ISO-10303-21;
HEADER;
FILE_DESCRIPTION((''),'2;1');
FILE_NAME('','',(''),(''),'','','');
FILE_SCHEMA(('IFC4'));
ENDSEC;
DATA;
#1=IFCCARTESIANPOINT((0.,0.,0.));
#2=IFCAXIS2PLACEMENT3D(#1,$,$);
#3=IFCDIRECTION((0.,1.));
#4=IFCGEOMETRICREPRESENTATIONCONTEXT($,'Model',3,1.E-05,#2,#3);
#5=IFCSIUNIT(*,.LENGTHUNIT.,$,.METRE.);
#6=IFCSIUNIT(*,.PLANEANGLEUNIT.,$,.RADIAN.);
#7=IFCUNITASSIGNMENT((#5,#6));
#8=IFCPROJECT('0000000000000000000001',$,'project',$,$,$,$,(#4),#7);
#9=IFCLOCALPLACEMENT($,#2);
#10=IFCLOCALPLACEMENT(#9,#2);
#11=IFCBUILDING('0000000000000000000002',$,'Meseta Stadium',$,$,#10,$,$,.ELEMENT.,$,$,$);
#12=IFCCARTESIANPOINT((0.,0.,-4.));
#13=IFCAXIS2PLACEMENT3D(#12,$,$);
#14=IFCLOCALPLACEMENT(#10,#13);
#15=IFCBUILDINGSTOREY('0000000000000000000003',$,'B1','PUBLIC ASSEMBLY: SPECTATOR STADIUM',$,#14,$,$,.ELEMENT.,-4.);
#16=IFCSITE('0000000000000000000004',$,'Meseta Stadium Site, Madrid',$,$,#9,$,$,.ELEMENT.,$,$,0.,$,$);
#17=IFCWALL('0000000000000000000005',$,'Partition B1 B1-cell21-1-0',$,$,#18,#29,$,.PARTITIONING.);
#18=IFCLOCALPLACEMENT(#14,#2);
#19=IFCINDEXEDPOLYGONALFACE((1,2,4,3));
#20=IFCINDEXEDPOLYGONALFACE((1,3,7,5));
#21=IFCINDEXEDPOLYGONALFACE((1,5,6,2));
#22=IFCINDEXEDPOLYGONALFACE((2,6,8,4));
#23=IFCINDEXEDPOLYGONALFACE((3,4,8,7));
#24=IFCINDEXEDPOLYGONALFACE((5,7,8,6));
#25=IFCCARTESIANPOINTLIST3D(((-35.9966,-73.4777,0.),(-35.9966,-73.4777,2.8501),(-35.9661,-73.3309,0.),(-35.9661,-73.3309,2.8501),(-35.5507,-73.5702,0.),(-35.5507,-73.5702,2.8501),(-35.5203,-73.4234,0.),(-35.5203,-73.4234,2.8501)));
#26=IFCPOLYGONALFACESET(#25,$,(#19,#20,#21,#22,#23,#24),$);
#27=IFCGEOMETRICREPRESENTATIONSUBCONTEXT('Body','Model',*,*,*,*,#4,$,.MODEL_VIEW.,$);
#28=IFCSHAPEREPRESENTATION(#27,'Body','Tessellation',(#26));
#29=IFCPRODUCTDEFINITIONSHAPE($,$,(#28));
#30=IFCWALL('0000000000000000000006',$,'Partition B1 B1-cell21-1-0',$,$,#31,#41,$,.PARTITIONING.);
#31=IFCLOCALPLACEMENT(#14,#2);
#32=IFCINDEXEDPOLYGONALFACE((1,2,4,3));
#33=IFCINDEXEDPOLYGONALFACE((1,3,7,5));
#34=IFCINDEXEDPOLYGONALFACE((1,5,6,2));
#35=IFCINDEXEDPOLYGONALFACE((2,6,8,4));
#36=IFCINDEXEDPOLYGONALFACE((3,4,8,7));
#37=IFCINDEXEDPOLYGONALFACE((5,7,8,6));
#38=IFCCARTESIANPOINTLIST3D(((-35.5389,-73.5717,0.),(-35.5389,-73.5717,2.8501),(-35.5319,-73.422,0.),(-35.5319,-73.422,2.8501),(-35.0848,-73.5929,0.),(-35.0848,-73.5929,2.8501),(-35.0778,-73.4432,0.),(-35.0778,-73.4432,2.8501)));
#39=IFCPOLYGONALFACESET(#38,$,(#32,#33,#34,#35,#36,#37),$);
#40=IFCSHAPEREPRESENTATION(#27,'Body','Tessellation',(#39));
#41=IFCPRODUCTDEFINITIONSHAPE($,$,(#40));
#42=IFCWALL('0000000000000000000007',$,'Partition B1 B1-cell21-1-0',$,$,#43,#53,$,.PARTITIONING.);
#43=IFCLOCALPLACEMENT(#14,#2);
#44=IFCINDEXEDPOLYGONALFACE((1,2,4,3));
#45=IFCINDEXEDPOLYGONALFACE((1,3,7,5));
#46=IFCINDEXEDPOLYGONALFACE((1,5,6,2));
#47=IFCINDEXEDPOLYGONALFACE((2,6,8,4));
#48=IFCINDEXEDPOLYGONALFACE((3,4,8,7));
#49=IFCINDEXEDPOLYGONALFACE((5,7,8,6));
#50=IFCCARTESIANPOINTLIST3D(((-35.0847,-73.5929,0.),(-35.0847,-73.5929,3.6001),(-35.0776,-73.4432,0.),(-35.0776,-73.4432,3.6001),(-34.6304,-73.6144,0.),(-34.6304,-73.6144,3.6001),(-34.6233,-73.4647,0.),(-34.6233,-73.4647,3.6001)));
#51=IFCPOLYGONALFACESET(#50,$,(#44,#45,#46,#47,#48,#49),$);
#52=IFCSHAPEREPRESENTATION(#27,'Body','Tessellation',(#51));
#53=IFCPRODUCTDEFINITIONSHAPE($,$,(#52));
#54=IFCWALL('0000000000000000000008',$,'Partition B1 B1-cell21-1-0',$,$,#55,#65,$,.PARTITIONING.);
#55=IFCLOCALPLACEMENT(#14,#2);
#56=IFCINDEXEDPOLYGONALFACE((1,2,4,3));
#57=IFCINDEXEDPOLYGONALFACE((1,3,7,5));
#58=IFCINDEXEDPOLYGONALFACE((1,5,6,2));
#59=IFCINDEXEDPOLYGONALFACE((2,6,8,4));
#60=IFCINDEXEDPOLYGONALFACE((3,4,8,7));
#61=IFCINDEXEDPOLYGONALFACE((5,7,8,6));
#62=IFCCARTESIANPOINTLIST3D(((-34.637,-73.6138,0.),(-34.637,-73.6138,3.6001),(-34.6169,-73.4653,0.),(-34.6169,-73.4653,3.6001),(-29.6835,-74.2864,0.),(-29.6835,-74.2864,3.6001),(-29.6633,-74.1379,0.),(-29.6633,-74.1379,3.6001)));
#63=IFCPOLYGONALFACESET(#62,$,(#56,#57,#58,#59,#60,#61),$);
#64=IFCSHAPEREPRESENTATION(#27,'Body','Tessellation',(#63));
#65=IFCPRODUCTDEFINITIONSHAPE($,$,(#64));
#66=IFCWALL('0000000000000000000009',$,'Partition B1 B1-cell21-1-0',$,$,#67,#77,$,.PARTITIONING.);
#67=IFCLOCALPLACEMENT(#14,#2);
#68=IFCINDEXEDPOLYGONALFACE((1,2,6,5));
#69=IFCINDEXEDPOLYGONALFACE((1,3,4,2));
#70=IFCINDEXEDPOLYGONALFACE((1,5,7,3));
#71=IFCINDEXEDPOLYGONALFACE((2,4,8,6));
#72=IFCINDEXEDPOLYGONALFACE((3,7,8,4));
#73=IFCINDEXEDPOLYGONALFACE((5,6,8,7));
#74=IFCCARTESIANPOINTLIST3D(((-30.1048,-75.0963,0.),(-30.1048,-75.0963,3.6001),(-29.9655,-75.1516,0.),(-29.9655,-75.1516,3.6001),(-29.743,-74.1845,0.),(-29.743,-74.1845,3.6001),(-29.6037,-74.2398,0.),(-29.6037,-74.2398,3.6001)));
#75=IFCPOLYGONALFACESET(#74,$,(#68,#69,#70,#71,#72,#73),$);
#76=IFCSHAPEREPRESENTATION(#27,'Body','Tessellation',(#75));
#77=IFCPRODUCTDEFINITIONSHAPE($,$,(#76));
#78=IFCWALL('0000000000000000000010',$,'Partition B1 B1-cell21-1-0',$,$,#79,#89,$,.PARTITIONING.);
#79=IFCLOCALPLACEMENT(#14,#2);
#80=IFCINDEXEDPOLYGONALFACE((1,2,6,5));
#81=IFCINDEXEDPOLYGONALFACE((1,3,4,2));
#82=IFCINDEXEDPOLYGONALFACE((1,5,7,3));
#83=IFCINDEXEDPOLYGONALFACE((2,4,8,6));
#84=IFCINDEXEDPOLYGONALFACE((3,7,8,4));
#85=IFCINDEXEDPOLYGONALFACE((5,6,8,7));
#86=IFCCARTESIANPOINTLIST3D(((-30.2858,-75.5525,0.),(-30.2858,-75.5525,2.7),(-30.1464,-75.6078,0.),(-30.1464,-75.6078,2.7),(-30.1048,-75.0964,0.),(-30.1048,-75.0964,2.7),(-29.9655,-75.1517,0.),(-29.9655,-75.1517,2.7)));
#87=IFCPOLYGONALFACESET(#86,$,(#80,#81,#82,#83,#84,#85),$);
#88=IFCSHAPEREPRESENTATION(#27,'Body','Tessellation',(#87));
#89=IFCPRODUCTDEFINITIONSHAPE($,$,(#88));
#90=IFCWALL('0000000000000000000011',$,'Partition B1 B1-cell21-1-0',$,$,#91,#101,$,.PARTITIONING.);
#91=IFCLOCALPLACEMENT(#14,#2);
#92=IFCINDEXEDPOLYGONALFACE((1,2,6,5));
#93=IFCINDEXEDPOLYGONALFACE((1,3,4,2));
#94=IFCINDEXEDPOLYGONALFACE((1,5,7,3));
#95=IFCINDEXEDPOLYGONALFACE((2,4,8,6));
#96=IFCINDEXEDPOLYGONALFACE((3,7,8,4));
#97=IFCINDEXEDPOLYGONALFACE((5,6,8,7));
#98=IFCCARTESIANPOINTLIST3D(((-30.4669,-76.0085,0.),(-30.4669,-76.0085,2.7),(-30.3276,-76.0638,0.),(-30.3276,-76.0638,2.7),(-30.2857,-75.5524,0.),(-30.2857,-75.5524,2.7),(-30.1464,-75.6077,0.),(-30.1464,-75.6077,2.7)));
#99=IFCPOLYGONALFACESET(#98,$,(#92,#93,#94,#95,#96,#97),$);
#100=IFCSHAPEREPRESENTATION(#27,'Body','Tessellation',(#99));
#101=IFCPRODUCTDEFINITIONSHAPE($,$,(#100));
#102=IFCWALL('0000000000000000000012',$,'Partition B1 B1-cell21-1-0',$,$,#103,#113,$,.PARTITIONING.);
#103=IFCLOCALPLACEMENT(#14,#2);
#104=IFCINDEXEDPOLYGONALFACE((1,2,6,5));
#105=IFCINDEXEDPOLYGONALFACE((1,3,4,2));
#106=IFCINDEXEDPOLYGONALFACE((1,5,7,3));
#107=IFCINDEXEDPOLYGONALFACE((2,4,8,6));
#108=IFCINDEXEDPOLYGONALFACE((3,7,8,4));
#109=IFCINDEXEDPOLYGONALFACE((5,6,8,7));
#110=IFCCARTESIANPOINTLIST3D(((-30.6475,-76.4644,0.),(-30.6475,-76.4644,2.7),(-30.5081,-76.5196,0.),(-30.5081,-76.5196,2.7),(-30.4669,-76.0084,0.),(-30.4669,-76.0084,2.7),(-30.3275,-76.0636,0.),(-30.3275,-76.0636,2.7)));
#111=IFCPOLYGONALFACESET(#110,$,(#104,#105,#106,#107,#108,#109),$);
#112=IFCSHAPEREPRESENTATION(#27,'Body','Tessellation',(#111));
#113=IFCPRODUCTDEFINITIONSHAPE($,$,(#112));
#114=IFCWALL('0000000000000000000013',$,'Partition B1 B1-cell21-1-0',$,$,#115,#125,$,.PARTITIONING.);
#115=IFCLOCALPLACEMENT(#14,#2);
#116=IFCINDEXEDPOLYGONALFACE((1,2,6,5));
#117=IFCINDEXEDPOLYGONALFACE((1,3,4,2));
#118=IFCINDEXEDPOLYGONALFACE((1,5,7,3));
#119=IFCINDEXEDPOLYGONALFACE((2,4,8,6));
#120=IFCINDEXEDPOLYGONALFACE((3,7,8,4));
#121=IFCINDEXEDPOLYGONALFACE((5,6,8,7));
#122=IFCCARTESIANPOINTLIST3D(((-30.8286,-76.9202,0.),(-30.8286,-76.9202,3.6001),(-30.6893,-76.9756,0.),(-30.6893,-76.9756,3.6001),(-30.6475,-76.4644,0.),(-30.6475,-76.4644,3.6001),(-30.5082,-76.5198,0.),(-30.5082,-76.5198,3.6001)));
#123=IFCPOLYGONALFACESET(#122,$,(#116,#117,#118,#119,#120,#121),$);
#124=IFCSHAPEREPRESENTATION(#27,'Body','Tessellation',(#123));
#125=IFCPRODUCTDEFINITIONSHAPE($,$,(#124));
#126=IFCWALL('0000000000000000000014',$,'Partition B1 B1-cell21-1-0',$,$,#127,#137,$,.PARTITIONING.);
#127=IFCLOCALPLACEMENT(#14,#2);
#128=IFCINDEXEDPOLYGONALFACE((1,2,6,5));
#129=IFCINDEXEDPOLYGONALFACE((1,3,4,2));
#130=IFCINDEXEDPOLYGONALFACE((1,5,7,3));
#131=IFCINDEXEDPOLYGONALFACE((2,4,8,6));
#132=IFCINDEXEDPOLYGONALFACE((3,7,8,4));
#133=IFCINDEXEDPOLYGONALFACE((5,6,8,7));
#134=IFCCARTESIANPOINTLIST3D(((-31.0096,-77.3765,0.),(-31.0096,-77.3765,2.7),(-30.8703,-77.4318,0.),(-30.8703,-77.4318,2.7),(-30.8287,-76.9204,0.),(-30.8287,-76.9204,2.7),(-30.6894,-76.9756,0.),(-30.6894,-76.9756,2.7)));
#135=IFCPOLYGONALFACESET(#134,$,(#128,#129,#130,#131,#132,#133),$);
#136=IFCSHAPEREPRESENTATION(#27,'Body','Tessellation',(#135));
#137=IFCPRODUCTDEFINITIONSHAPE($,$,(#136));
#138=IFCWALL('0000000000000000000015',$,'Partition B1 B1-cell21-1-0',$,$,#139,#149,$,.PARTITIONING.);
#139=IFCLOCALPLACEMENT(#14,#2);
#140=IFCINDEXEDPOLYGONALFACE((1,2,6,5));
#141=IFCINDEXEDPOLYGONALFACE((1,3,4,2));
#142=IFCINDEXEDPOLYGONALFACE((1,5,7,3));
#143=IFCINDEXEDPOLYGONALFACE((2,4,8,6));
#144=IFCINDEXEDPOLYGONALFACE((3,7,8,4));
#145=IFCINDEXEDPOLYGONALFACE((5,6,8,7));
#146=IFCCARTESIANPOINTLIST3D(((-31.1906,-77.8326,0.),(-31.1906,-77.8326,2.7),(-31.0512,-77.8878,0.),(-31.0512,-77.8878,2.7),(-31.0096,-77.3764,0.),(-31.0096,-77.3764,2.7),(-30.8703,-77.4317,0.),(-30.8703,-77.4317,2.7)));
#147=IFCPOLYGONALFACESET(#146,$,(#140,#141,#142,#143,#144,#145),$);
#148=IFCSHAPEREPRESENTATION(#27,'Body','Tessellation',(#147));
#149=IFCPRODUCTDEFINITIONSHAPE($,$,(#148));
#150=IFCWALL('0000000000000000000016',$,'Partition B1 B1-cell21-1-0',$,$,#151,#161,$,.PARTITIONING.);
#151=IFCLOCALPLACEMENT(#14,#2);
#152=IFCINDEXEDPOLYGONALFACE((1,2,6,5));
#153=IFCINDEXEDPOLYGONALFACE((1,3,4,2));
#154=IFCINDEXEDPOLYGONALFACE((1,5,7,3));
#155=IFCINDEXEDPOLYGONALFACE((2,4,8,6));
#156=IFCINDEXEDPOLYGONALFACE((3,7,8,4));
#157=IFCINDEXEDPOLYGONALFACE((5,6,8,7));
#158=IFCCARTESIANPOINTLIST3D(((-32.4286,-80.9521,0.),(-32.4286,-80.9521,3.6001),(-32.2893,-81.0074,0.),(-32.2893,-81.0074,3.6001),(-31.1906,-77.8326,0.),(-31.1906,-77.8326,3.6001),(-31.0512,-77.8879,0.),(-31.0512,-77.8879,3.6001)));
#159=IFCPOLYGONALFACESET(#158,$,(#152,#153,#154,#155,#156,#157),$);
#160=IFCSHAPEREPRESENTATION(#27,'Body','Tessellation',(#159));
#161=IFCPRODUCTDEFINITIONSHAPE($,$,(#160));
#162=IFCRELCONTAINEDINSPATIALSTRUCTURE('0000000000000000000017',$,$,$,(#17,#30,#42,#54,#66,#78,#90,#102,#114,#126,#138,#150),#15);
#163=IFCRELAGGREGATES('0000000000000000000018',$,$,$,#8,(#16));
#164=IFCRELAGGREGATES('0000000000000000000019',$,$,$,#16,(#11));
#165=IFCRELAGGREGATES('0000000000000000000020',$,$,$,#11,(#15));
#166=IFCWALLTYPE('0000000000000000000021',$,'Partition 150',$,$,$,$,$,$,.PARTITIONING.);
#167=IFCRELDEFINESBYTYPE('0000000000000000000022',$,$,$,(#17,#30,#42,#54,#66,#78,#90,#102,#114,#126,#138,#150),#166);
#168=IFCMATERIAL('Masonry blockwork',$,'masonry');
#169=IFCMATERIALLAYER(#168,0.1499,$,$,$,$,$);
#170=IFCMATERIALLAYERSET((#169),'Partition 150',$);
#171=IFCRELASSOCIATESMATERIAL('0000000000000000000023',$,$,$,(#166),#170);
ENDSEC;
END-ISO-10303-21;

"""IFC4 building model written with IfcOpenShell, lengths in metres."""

from ifc_helpers import new_model, si_unit, direction, frame, frame_2d, origin, place, context, subcontext, project, spatial, rectangle, extrude, material, layer, layer_set, type_object, element, save


model = new_model("IFC4")

# Units and contexts
model_context = context("Model", 3, precision=1e-05, world=origin(), true_north=direction((0.0, 1.0)))
body_context = subcontext(model_context, "Body", "Model", "MODEL_VIEW")
ifc_project = project(units=[si_unit("LENGTHUNIT", "METRE"), si_unit("PLANEANGLEUNIT", "RADIAN")], contexts=[model_context])

# Site, building, storey
site_placement = place(None, origin())
site = spatial("IfcSite", under=ifc_project, at=site_placement, Name="Meseta Stadium Site, Madrid", CompositionType="ELEMENT", RefElevation=0.0)
building_placement = place(site_placement, origin())
building = spatial("IfcBuilding", under=site, at=building_placement, Name="Meseta Stadium", CompositionType="ELEMENT")
storey_placement = place(building_placement, frame((0.0, 0.0, -4.0)))
storey = spatial("IfcBuildingStorey", under=building, at=storey_placement, Name="B1", Description="PUBLIC ASSEMBLY: SPECTATOR STADIUM", CompositionType="ELEMENT", Elevation=-4.0)

# Walls
ifc_material_1 = material(Name="Masonry blockwork", Category="masonry")
ifc_layer = layer(ifc_material_1, 0.1499)
ifc_layer_set = layer_set([ifc_layer], Name="Partition 150")
wall_type = type_object("IfcWallType", Name="Partition 150", PredefinedType="PARTITIONING", material=ifc_layer_set)
wall_1_placement = place(storey_placement, frame((-35.9812, -73.4043, 0.0), z_axis=(0.0, 0.0, 1.0), x_axis=(0.979132, -0.203226, 0.0)))
element("IfcWall", 1, at=wall_1_placement, inside=storey, type_object=wall_type, Name="Partition B1 B1-cell21-1-0", PredefinedType="PARTITIONING", context=body_context, shape_type="SweptSolid", body=[
    extrude(rectangle(XDim=0.4553, YDim=0.1499, at=frame_2d((0.2275, 0.0))), origin(), (0.0, 0.0, 1.0), 2.8501),
])
wall_2_placement = place(storey_placement, frame((-35.5354, -73.4968, 0.0), z_axis=(0.0, 0.0, 1.0), x_axis=(0.998908, -0.046723, 0.0)))
element("IfcWall", 2, at=wall_2_placement, inside=storey, type_object=wall_type, Name="Partition B1 B1-cell21-1-0", PredefinedType="PARTITIONING", context=body_context, shape_type="SweptSolid", body=[
    extrude(rectangle(XDim=0.4546, YDim=0.1499, at=frame_2d((0.2273, 0.0))), origin(), (0.0, 0.0, 1.0), 2.8501),
])
wall_3_placement = place(storey_placement, frame((-35.0813, -73.5181, 0.0), z_axis=(0.0, 0.0, 1.0), x_axis=(0.998884, -0.047234, 0.0)))
element("IfcWall", 3, at=wall_3_placement, inside=storey, type_object=wall_type, Name="Partition B1 B1-cell21-1-0", PredefinedType="PARTITIONING", context=body_context, shape_type="SweptSolid", body=[
    extrude(rectangle(XDim=0.4548, YDim=0.1499, at=frame_2d((0.2275, 0.0))), origin(), (0.0, 0.0, 1.0), 3.6001),
])
wall_4_placement = place(storey_placement, frame((-34.627, -73.5396, 0.0), z_axis=(0.0, 0.0, 1.0), x_axis=(0.990907, -0.134547, 0.0)))
element("IfcWall", 4, at=wall_4_placement, inside=storey, type_object=wall_type, Name="Partition B1 B1-cell21-1-0", PredefinedType="PARTITIONING", context=body_context, shape_type="SweptSolid", body=[
    extrude(rectangle(XDim=4.999, YDim=0.1499, at=frame_2d((2.4995, 0.0))), origin(), (0.0, 0.0, 1.0), 3.6001),
])
wall_5_placement = place(storey_placement, frame((-29.6733, -74.2122, 0.0), z_axis=(0.0, 0.0, 1.0), x_axis=(-0.368815, -0.929503, 0.0)))
element("IfcWall", 5, at=wall_5_placement, inside=storey, type_object=wall_type, Name="Partition B1 B1-cell21-1-0", PredefinedType="PARTITIONING", context=body_context, shape_type="SweptSolid", body=[
    extrude(rectangle(XDim=0.981, YDim=0.1499, at=frame_2d((0.4905, 0.0))), origin(), (0.0, 0.0, 1.0), 3.6001),
])
for number, where, z_axis, x_axis, name in (
    (6, (-30.0352, -75.124, 0.0), (0.0, 0.0, 1.0), (-0.36873, -0.929537, 0.0), "Partition B1 B1-cell21-1-0"),
    (7, (-30.2161, -75.5801, 0.0), (0.0, 0.0, 1.0), (-0.369159, -0.929366, 0.0), "Partition B1 B1-cell21-1-0"),
):
    element("IfcWall", number, at=place(storey_placement, frame(where, z_axis=z_axis, x_axis=x_axis)), inside=storey, type_object=wall_type, Name=name, PredefinedType="PARTITIONING", context=body_context, shape_type="SweptSolid", body=[
        extrude(rectangle(XDim=0.4907, YDim=0.1499, at=frame_2d((0.2454, 0.0))), origin(), (0.0, 0.0, 1.0), 2.7),
    ])
wall_6_placement = place(storey_placement, frame((-30.3972, -76.0361, 0.0), z_axis=(0.0, 0.0, 1.0), x_axis=(-0.368299, -0.929707, 0.0)))
element("IfcWall", 8, at=wall_6_placement, inside=storey, type_object=wall_type, Name="Partition B1 B1-cell21-1-0", PredefinedType="PARTITIONING", context=body_context, shape_type="SweptSolid", body=[
    extrude(rectangle(XDim=0.4905, YDim=0.1499, at=frame_2d((0.2451, 0.0))), origin(), (0.0, 0.0, 1.0), 2.7),
])
wall_7_placement = place(storey_placement, frame((-30.5779, -76.4922, 0.0), z_axis=(0.0, 0.0, 1.0), x_axis=(-0.36933, -0.929298, 0.0)))
element("IfcWall", 9, at=wall_7_placement, inside=storey, type_object=wall_type, Name="Partition B1 B1-cell21-1-0", PredefinedType="PARTITIONING", context=body_context, shape_type="SweptSolid", body=[
    extrude(rectangle(XDim=0.4905, YDim=0.1499, at=frame_2d((0.2451, 0.0))), origin(), (0.0, 0.0, 1.0), 3.6001),
])
for number, where, z_axis, x_axis, name in (
    (10, (-30.759, -76.948, 0.0), (0.0, 0.0, 1.0), (-0.36873, -0.929537, 0.0), "Partition B1 B1-cell21-1-0"),
    (11, (-30.9399, -77.4041, 0.0), (0.0, 0.0, 1.0), (-0.36873, -0.929537, 0.0), "Partition B1 B1-cell21-1-0"),
):
    element("IfcWall", number, at=place(storey_placement, frame(where, z_axis=z_axis, x_axis=x_axis)), inside=storey, type_object=wall_type, Name=name, PredefinedType="PARTITIONING", context=body_context, shape_type="SweptSolid", body=[
        extrude(rectangle(XDim=0.4907, YDim=0.1499, at=frame_2d((0.2454, 0.0))), origin(), (0.0, 0.0, 1.0), 2.7),
    ])
wall_8_placement = place(storey_placement, frame((-31.1208, -77.8601, 0.0), z_axis=(0.0, 0.0, 1.0), x_axis=(-0.368893, -0.929472, 0.0)))
element("IfcWall", 12, at=wall_8_placement, inside=storey, type_object=wall_type, Name="Partition B1 B1-cell21-1-0", PredefinedType="PARTITIONING", context=body_context, shape_type="SweptSolid", body=[
    extrude(rectangle(XDim=3.3562, YDim=0.1499, at=frame_2d((1.6782, 0.0))), origin(), (0.0, 0.0, 1.0), 3.6001),
])

save(model, "model.ifc")
